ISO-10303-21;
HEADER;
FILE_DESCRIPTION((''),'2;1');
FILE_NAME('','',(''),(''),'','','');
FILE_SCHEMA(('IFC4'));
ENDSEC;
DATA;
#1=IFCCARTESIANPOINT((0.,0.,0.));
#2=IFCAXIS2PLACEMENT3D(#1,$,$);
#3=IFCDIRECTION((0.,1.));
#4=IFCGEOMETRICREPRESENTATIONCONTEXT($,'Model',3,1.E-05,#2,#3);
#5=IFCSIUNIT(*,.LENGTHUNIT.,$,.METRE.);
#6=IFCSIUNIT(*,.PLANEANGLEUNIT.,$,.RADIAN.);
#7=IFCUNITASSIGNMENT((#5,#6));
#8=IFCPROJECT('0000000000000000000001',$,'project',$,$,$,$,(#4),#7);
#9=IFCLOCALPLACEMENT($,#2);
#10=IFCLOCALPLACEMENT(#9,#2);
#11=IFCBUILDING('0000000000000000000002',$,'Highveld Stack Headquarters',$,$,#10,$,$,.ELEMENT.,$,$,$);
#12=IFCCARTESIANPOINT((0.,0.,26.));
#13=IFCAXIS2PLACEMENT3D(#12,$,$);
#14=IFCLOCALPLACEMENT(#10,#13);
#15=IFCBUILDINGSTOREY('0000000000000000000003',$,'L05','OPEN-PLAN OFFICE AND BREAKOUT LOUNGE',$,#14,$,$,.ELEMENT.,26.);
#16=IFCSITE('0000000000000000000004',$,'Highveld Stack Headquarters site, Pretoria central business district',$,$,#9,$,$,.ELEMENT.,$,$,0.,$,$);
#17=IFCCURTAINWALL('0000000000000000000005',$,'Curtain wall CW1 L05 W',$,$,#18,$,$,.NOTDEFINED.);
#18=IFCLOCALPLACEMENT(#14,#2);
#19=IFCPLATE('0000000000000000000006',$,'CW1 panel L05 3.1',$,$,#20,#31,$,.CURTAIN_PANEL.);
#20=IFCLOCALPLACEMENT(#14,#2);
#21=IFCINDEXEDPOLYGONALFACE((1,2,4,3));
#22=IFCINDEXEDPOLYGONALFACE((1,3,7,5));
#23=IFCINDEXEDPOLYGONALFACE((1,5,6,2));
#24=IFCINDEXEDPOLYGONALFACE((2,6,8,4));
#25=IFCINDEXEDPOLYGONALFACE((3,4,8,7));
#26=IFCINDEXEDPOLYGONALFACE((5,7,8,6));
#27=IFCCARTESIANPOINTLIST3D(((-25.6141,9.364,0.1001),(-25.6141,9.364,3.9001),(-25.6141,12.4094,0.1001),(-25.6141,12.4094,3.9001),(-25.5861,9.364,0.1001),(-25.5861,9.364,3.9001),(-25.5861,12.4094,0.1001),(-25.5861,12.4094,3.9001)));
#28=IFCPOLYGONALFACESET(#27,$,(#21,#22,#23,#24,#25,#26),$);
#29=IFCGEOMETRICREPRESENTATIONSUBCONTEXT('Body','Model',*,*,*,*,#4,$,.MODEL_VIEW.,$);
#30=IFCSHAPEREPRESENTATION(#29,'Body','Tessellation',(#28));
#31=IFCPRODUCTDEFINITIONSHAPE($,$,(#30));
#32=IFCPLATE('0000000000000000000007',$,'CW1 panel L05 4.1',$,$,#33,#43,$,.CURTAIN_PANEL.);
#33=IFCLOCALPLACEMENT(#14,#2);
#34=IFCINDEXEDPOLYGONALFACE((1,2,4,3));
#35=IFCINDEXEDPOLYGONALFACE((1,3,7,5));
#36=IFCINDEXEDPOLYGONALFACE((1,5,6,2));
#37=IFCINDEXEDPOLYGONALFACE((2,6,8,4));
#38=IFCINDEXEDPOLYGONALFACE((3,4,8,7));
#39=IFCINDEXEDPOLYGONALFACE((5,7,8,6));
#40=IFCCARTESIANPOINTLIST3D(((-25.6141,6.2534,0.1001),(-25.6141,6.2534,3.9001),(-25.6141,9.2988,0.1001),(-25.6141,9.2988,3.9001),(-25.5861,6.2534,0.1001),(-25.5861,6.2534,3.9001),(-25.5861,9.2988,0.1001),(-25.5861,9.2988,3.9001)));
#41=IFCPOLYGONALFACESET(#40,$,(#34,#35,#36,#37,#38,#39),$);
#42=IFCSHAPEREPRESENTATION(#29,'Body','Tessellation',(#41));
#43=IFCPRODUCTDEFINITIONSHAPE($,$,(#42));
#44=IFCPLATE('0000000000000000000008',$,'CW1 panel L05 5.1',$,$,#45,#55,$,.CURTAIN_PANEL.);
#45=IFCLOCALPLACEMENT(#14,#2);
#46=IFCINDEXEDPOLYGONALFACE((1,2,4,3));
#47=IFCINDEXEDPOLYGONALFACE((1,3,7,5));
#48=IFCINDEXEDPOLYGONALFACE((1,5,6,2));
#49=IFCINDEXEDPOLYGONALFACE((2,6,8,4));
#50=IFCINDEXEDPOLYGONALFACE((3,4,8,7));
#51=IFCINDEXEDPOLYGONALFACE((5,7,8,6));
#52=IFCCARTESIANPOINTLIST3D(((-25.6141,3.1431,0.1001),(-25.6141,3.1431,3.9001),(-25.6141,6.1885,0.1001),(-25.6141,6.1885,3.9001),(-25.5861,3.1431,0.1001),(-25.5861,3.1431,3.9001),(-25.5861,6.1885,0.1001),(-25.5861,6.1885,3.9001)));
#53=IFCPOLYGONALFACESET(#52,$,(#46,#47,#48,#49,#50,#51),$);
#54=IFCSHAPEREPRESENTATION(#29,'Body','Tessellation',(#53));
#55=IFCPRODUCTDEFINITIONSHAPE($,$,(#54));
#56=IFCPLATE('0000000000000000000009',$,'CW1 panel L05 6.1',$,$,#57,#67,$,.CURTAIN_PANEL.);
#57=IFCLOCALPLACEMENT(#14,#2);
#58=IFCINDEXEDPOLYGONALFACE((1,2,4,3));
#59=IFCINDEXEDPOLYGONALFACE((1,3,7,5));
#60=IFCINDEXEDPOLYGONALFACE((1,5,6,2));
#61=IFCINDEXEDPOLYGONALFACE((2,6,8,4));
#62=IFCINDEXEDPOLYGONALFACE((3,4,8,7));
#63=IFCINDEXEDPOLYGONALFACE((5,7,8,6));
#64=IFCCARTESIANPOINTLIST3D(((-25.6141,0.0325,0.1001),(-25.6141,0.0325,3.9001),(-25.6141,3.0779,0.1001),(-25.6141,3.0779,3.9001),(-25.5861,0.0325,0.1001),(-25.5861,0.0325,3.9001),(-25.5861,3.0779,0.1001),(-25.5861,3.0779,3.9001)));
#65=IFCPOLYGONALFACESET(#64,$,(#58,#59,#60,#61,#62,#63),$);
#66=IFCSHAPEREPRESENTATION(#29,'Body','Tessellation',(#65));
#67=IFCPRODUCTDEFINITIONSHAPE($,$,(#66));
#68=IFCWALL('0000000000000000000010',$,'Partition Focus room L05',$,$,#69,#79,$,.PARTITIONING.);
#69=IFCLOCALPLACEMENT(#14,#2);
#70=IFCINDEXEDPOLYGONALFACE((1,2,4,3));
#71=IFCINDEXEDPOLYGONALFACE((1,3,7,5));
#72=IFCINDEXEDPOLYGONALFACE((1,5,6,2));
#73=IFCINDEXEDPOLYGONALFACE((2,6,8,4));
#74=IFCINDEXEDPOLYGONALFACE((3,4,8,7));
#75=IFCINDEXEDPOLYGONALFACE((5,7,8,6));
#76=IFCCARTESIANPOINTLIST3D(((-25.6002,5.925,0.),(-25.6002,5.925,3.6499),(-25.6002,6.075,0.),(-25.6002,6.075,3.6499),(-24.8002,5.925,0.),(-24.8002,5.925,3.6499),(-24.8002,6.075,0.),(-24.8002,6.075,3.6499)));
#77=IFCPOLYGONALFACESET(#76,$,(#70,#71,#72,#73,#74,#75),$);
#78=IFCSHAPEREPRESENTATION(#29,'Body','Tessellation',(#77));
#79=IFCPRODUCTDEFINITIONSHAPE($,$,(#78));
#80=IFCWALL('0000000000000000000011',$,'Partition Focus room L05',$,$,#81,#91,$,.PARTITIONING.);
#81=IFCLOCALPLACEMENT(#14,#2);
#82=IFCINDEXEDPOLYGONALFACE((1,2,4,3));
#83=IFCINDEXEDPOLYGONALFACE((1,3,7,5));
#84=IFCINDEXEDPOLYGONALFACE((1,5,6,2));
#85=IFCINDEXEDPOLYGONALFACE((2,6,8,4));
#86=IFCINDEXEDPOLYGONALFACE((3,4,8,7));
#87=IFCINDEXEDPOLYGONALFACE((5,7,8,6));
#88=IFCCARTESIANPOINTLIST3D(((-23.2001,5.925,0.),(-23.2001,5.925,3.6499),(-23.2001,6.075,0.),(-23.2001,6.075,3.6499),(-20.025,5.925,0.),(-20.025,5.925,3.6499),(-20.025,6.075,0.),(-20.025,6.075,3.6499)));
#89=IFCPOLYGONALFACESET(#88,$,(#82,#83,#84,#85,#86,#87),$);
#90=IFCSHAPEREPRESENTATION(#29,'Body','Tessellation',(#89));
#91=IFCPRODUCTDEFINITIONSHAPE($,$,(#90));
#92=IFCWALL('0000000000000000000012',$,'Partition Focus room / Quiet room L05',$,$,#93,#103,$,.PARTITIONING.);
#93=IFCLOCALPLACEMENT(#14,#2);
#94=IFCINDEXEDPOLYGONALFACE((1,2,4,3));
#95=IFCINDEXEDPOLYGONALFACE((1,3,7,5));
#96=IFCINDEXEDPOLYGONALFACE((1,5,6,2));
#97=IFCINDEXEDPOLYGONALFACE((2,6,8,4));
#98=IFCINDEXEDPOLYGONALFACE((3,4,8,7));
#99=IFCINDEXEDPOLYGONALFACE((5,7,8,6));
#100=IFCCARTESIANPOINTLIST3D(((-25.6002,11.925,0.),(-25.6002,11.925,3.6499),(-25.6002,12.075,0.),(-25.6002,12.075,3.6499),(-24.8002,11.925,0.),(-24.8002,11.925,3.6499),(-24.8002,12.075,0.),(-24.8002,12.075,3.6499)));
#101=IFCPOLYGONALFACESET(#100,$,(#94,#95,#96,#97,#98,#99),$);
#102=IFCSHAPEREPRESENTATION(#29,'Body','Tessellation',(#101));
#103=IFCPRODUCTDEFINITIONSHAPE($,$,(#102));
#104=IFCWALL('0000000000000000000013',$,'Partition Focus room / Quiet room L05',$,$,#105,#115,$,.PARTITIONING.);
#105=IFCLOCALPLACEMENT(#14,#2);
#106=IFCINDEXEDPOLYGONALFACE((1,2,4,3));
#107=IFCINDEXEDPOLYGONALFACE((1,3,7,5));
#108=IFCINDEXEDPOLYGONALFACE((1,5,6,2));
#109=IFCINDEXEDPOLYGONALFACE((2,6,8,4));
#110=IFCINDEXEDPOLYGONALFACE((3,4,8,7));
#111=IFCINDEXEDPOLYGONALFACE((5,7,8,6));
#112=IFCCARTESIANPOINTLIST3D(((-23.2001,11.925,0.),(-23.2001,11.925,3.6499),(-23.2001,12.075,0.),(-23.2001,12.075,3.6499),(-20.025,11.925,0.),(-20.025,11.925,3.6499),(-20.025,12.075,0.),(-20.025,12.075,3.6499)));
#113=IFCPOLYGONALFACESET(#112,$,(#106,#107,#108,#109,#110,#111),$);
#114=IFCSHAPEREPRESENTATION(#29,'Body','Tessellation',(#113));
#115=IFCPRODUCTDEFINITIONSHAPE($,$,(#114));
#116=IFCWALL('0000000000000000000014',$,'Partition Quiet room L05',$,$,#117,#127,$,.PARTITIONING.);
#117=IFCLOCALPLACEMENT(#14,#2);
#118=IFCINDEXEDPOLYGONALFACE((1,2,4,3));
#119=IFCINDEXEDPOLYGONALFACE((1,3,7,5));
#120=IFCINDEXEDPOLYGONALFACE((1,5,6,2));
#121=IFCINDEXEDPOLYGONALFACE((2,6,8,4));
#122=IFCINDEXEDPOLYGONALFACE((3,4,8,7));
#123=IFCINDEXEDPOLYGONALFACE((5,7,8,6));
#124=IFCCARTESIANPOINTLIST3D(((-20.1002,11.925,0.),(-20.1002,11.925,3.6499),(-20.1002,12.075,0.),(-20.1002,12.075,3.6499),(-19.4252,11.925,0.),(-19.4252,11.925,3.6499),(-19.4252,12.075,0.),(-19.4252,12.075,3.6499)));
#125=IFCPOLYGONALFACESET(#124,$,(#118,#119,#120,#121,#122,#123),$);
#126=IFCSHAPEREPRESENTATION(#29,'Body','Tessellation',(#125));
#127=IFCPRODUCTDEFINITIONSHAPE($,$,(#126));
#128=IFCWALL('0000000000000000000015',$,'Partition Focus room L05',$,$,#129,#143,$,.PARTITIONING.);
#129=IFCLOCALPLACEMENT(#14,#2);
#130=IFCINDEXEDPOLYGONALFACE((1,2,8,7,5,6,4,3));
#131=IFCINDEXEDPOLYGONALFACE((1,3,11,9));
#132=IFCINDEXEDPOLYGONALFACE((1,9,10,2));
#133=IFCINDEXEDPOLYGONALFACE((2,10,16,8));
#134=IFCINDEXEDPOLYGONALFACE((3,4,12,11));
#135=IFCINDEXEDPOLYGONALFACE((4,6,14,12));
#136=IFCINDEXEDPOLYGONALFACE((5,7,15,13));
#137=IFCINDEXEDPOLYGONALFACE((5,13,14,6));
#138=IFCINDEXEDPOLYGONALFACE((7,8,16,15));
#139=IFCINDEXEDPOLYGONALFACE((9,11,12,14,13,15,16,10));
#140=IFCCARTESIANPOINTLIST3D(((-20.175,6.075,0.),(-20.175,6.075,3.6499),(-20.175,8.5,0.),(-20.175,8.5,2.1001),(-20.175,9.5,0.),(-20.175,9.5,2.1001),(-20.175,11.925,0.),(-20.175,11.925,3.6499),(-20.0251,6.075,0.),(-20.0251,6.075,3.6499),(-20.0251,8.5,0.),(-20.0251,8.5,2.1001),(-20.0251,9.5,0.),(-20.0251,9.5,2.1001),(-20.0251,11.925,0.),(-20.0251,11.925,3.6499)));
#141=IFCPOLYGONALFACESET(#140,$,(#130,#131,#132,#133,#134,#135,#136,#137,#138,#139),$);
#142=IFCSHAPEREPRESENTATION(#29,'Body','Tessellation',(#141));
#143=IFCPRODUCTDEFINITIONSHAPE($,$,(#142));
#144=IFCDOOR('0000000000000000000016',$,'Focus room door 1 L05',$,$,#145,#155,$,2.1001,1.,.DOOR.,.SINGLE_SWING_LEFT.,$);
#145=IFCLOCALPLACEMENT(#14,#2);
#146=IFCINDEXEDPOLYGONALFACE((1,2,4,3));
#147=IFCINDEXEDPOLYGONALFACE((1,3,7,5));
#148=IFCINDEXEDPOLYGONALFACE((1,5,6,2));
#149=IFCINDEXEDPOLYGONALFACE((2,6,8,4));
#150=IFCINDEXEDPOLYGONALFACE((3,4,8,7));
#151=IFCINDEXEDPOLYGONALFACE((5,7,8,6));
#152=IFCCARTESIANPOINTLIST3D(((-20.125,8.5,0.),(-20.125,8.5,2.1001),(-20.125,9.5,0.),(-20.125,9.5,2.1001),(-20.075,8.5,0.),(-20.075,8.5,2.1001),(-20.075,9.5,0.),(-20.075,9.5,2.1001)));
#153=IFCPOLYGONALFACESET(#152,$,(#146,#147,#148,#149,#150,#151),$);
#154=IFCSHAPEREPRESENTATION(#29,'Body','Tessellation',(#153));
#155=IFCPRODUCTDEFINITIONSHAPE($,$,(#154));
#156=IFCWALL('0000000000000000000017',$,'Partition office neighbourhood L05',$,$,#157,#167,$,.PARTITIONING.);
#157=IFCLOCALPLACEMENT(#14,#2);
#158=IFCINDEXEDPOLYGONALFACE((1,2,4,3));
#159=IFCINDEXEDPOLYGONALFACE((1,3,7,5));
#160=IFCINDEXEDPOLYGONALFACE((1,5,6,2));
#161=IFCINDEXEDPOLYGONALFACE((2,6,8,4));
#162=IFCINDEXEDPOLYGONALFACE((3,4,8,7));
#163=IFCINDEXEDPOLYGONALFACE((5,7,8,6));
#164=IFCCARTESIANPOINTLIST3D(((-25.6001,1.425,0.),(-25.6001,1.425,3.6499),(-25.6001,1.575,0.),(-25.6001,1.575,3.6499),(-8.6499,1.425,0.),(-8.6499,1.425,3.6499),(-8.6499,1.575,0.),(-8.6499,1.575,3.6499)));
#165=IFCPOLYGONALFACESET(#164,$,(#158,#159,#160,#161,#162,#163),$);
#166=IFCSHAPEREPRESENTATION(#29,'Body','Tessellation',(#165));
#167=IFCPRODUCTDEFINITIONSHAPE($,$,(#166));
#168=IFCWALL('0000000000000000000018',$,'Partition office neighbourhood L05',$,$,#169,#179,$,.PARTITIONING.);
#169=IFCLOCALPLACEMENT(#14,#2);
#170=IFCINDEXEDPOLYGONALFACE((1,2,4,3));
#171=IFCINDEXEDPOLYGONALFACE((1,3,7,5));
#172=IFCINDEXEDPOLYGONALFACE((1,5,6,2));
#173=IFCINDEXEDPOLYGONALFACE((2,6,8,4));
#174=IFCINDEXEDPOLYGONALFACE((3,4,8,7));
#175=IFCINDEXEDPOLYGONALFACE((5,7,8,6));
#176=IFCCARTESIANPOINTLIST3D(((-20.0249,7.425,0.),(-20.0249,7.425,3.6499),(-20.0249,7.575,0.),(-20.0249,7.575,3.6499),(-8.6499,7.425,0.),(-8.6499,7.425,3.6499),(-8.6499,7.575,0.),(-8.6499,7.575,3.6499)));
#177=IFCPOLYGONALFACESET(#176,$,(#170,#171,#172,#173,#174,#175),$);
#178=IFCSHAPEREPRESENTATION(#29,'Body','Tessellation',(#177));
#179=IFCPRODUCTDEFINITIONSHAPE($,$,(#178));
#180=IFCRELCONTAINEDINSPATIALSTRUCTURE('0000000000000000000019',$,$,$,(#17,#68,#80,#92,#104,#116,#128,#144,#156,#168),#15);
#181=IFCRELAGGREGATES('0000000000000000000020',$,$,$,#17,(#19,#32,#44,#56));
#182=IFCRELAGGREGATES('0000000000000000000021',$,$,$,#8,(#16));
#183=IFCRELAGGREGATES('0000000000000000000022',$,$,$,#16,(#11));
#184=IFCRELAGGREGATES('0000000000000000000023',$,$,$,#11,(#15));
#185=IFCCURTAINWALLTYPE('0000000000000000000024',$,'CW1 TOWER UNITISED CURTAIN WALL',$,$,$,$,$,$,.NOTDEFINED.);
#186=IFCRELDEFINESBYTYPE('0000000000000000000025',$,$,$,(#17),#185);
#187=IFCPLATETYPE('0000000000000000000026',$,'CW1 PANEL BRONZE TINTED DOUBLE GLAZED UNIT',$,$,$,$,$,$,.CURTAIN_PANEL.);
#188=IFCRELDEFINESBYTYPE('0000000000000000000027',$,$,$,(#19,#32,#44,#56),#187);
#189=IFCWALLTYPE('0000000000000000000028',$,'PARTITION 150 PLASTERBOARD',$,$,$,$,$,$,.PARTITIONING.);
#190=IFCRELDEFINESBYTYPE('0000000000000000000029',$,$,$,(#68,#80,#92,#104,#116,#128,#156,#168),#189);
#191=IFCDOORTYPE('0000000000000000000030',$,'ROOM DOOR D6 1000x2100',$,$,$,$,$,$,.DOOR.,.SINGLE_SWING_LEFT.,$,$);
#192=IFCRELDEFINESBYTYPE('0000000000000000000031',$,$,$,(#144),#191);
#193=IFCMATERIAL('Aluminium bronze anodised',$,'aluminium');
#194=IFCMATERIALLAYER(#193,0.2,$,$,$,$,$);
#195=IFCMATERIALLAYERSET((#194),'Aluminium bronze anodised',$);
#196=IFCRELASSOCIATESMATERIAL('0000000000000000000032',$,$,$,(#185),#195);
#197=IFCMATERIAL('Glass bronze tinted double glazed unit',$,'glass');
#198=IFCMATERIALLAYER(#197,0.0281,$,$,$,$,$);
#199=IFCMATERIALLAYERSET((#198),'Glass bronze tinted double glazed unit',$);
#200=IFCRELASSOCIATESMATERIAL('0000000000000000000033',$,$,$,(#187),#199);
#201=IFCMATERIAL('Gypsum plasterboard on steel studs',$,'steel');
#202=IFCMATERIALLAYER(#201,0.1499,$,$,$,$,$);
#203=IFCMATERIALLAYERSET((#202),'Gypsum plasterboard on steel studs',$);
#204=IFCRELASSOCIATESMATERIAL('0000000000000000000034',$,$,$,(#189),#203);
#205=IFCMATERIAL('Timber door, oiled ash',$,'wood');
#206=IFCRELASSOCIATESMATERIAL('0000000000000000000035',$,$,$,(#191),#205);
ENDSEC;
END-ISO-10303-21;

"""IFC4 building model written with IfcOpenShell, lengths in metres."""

from ifc_helpers import new_model, si_unit, direction, frame, frame_2d, origin, origin_2d, place, context, subcontext, project, spatial, rectangle, extrude, material, layer, layer_set, type_object, element, fill, aggregate, save


model = new_model("IFC4")

# Units and contexts
model_context = context("Model", 3, precision=1e-05, world=origin(), true_north=direction((0.0, 1.0)))
body_context = subcontext(model_context, "Body", "Model", "MODEL_VIEW")
ifc_project = project(units=[si_unit("LENGTHUNIT", "METRE"), si_unit("PLANEANGLEUNIT", "RADIAN")], contexts=[model_context])

# Site, building, storey
site_placement = place(None, origin())
site = spatial("IfcSite", under=ifc_project, at=site_placement, Name="Highveld Stack Headquarters site, Pretoria central business district", CompositionType="ELEMENT", RefElevation=0.0)
building_placement = place(site_placement, origin())
building = spatial("IfcBuilding", under=site, at=building_placement, Name="Highveld Stack Headquarters", CompositionType="ELEMENT")
storey_placement = place(building_placement, frame((0.0, 0.0, 26.0)))
storey = spatial("IfcBuildingStorey", under=building, at=storey_placement, Name="L05", Description="OPEN-PLAN OFFICE AND BREAKOUT LOUNGE", CompositionType="ELEMENT", Elevation=26.0)

# Curtain wall, plates
ifc_material_1 = material(Name="Aluminium bronze anodised", Category="aluminium")
ifc_layer_1 = layer(ifc_material_1, 0.2)
ifc_layer_set_1 = layer_set([ifc_layer_1], Name="Aluminium bronze anodised")
curtain_wall_type = type_object("IfcCurtainWallType", Name="CW1 TOWER UNITISED CURTAIN WALL", PredefinedType="NOTDEFINED", material=ifc_layer_set_1)
curtain_wall_placement = place(storey_placement, origin())
curtain_wall = element("IfcCurtainWall", 1, at=curtain_wall_placement, inside=storey, type_object=curtain_wall_type, Name="Curtain wall CW1 L05 W", PredefinedType="NOTDEFINED")
ifc_material_2 = material(Name="Glass bronze tinted double glazed unit", Category="glass")
ifc_layer_2 = layer(ifc_material_2, 0.0281)
ifc_layer_set_2 = layer_set([ifc_layer_2], Name="Glass bronze tinted double glazed unit")
plate_type = type_object("IfcPlateType", Name="CW1 PANEL BRONZE TINTED DOUBLE GLAZED UNIT", PredefinedType="CURTAIN_PANEL", material=ifc_layer_set_2)
plate_1_placement = place(storey_placement, frame((-25.6001, 10.8867, 0.1001), z_axis=(0.0, 0.0, 1.0), x_axis=(0.0, -1.0, 0.0)))
plate_1 = element("IfcPlate", 2, at=plate_1_placement, type_object=plate_type, Name="CW1 panel L05 3.1", PredefinedType="CURTAIN_PANEL", context=body_context, shape_type="SweptSolid", body=[
    extrude(rectangle(XDim=3.0454, YDim=0.0281, at=origin_2d()), origin(), (0.0, 0.0, 1.0), 3.8),
])
plate_2_placement = place(storey_placement, frame((-25.6001, 7.7761, 0.1001), z_axis=(0.0, 0.0, 1.0), x_axis=(0.0, -1.0, 0.0)))
plate_2 = element("IfcPlate", 3, at=plate_2_placement, type_object=plate_type, Name="CW1 panel L05 4.1", PredefinedType="CURTAIN_PANEL", context=body_context, shape_type="SweptSolid", body=[
    extrude(rectangle(XDim=3.0454, YDim=0.0281, at=origin_2d()), origin(), (0.0, 0.0, 1.0), 3.8),
])
plate_3_placement = place(storey_placement, frame((-25.6001, 4.6658, 0.1001), z_axis=(0.0, 0.0, 1.0), x_axis=(0.0, -1.0, 0.0)))
plate_3 = element("IfcPlate", 4, at=plate_3_placement, type_object=plate_type, Name="CW1 panel L05 5.1", PredefinedType="CURTAIN_PANEL", context=body_context, shape_type="SweptSolid", body=[
    extrude(rectangle(XDim=3.0454, YDim=0.0281, at=origin_2d()), origin(), (0.0, 0.0, 1.0), 3.8),
])
plate_4_placement = place(storey_placement, frame((-25.6001, 1.5552, 0.1001), z_axis=(0.0, 0.0, 1.0), x_axis=(0.0, -1.0, 0.0)))
plate_4 = element("IfcPlate", 5, at=plate_4_placement, type_object=plate_type, Name="CW1 panel L05 6.1", PredefinedType="CURTAIN_PANEL", context=body_context, shape_type="SweptSolid", body=[
    extrude(rectangle(XDim=3.0454, YDim=0.0281, at=origin_2d()), origin(), (0.0, 0.0, 1.0), 3.8),
])
aggregate(curtain_wall, [plate_1, plate_2, plate_3, plate_4])

# Walls
ifc_material_3 = material(Name="Gypsum plasterboard on steel studs", Category="steel")
ifc_layer_3 = layer(ifc_material_3, 0.1499)
ifc_layer_set_3 = layer_set([ifc_layer_3], Name="Gypsum plasterboard on steel studs")
wall_type = type_object("IfcWallType", Name="PARTITION 150 PLASTERBOARD", PredefinedType="PARTITIONING", material=ifc_layer_set_3)
wall_1_placement = place(storey_placement, frame((-25.6001, 6.0, 0.0), z_axis=(0.0, 0.0, 1.0), x_axis=(1.0, 0.0, 0.0)))
element("IfcWall", 6, at=wall_1_placement, inside=storey, type_object=wall_type, Name="Partition Focus room L05", PredefinedType="PARTITIONING", context=body_context, shape_type="SweptSolid", body=[
    extrude(rectangle(XDim=0.8, YDim=0.1499, at=frame_2d((0.3999, 0.0))), origin(), (0.0, 0.0, 1.0), 3.6499),
])
wall_2_placement = place(storey_placement, frame((-23.2, 6.0, 0.0), z_axis=(0.0, 0.0, 1.0), x_axis=(1.0, 0.0, 0.0)))
element("IfcWall", 7, at=wall_2_placement, inside=storey, type_object=wall_type, Name="Partition Focus room L05", PredefinedType="PARTITIONING", context=body_context, shape_type="SweptSolid", body=[
    extrude(rectangle(XDim=3.175, YDim=0.1499, at=frame_2d((1.5874, 0.0))), origin(), (0.0, 0.0, 1.0), 3.6499),
])
wall_3_placement = place(storey_placement, frame((-25.6001, 12.0, 0.0), z_axis=(0.0, 0.0, 1.0), x_axis=(1.0, 0.0, 0.0)))
element("IfcWall", 8, at=wall_3_placement, inside=storey, type_object=wall_type, Name="Partition Focus room / Quiet room L05", PredefinedType="PARTITIONING", context=body_context, shape_type="SweptSolid", body=[
    extrude(rectangle(XDim=0.8, YDim=0.1499, at=frame_2d((0.3999, 0.0))), origin(), (0.0, 0.0, 1.0), 3.6499),
])
wall_4_placement = place(storey_placement, frame((-23.2, 12.0, 0.0), z_axis=(0.0, 0.0, 1.0), x_axis=(1.0, 0.0, 0.0)))
element("IfcWall", 9, at=wall_4_placement, inside=storey, type_object=wall_type, Name="Partition Focus room / Quiet room L05", PredefinedType="PARTITIONING", context=body_context, shape_type="SweptSolid", body=[
    extrude(rectangle(XDim=3.175, YDim=0.1499, at=frame_2d((1.5874, 0.0))), origin(), (0.0, 0.0, 1.0), 3.6499),
])
wall_5_placement = place(storey_placement, frame((-20.1001, 12.0, 0.0), z_axis=(0.0, 0.0, 1.0), x_axis=(1.0, 0.0, 0.0)))
element("IfcWall", 10, at=wall_5_placement, inside=storey, type_object=wall_type, Name="Partition Quiet room L05", PredefinedType="PARTITIONING", context=body_context, shape_type="SweptSolid", body=[
    extrude(rectangle(XDim=0.675, YDim=0.1499, at=frame_2d((0.3374, 0.0))), origin(), (0.0, 0.0, 1.0), 3.6499),
])

# Wall, opening, door
wall_6_placement = place(storey_placement, frame((-20.1001, 6.075, 0.0), z_axis=(0.0, 0.0, 1.0), x_axis=(0.0, 1.0, 0.0)))
wall_6 = element("IfcWall", 11, at=wall_6_placement, inside=storey, type_object=wall_type, Name="Partition Focus room L05", PredefinedType="PARTITIONING", context=body_context, shape_type="SweptSolid", body=[
    extrude(rectangle(XDim=5.8501, YDim=0.1499, at=frame_2d((2.925, 0.0))), origin(), (0.0, 0.0, 1.0), 3.6499),
])
opening_placement = place(wall_6_placement, frame((2.425, 0.0, 0.0)))
opening = element("IfcOpeningElement", 12, at=opening_placement, cuts=wall_6, PredefinedType="OPENING", context=body_context, shape_type="SweptSolid", body=[
    extrude(rectangle(XDim=1.0, YDim=2.1001, at=frame_2d((0.5, 1.05))), frame((0.0, 0.085, 0.0), z_axis=(0.0, -1.0, 0.0), x_axis=(1.0, 0.0, 0.0)), (0.0, 0.0, 1.0), 0.1699),
])
ifc_material_4 = material(Name="Timber door, oiled ash", Category="wood")
door_type = type_object("IfcDoorType", Name="ROOM DOOR D6 1000x2100", OperationType="SINGLE_SWING_LEFT", PredefinedType="DOOR", material=ifc_material_4)
door_placement = place(opening_placement, origin())
door = element("IfcDoor", 13, at=door_placement, inside=storey, type_object=door_type, Name="Focus room door 1 L05", OperationType="SINGLE_SWING_LEFT", OverallHeight=2.1001, OverallWidth=1.0, PredefinedType="DOOR", context=body_context, shape_type="SweptSolid", body=[
    extrude(rectangle(XDim=1.0, YDim=2.1001, at=frame_2d((0.5, 1.05))), frame((0.0, 0.0249, 0.0), z_axis=(0.0, -1.0, 0.0), x_axis=(1.0, 0.0, 0.0)), (0.0, 0.0, 1.0), 0.05),
])
fill(opening, door)

# Walls
wall_7_placement = place(storey_placement, frame((-25.6001, 1.5, 0.0), z_axis=(0.0, 0.0, 1.0), x_axis=(1.0, 0.0, 0.0)))
element("IfcWall", 14, at=wall_7_placement, inside=storey, type_object=wall_type, Name="Partition office neighbourhood L05", PredefinedType="PARTITIONING", context=body_context, shape_type="SweptSolid", body=[
    extrude(rectangle(XDim=16.9502, YDim=0.1499, at=frame_2d((8.4751, 0.0))), origin(), (0.0, 0.0, 1.0), 3.6499),
])
wall_8_placement = place(storey_placement, frame((-20.0249, 7.5, 0.0), z_axis=(0.0, 0.0, 1.0), x_axis=(1.0, 0.0, 0.0)))
element("IfcWall", 15, at=wall_8_placement, inside=storey, type_object=wall_type, Name="Partition office neighbourhood L05", PredefinedType="PARTITIONING", context=body_context, shape_type="SweptSolid", body=[
    extrude(rectangle(XDim=11.375, YDim=0.1499, at=frame_2d((5.6875, 0.0))), origin(), (0.0, 0.0, 1.0), 3.6499),
])

save(model, "model.ifc")
